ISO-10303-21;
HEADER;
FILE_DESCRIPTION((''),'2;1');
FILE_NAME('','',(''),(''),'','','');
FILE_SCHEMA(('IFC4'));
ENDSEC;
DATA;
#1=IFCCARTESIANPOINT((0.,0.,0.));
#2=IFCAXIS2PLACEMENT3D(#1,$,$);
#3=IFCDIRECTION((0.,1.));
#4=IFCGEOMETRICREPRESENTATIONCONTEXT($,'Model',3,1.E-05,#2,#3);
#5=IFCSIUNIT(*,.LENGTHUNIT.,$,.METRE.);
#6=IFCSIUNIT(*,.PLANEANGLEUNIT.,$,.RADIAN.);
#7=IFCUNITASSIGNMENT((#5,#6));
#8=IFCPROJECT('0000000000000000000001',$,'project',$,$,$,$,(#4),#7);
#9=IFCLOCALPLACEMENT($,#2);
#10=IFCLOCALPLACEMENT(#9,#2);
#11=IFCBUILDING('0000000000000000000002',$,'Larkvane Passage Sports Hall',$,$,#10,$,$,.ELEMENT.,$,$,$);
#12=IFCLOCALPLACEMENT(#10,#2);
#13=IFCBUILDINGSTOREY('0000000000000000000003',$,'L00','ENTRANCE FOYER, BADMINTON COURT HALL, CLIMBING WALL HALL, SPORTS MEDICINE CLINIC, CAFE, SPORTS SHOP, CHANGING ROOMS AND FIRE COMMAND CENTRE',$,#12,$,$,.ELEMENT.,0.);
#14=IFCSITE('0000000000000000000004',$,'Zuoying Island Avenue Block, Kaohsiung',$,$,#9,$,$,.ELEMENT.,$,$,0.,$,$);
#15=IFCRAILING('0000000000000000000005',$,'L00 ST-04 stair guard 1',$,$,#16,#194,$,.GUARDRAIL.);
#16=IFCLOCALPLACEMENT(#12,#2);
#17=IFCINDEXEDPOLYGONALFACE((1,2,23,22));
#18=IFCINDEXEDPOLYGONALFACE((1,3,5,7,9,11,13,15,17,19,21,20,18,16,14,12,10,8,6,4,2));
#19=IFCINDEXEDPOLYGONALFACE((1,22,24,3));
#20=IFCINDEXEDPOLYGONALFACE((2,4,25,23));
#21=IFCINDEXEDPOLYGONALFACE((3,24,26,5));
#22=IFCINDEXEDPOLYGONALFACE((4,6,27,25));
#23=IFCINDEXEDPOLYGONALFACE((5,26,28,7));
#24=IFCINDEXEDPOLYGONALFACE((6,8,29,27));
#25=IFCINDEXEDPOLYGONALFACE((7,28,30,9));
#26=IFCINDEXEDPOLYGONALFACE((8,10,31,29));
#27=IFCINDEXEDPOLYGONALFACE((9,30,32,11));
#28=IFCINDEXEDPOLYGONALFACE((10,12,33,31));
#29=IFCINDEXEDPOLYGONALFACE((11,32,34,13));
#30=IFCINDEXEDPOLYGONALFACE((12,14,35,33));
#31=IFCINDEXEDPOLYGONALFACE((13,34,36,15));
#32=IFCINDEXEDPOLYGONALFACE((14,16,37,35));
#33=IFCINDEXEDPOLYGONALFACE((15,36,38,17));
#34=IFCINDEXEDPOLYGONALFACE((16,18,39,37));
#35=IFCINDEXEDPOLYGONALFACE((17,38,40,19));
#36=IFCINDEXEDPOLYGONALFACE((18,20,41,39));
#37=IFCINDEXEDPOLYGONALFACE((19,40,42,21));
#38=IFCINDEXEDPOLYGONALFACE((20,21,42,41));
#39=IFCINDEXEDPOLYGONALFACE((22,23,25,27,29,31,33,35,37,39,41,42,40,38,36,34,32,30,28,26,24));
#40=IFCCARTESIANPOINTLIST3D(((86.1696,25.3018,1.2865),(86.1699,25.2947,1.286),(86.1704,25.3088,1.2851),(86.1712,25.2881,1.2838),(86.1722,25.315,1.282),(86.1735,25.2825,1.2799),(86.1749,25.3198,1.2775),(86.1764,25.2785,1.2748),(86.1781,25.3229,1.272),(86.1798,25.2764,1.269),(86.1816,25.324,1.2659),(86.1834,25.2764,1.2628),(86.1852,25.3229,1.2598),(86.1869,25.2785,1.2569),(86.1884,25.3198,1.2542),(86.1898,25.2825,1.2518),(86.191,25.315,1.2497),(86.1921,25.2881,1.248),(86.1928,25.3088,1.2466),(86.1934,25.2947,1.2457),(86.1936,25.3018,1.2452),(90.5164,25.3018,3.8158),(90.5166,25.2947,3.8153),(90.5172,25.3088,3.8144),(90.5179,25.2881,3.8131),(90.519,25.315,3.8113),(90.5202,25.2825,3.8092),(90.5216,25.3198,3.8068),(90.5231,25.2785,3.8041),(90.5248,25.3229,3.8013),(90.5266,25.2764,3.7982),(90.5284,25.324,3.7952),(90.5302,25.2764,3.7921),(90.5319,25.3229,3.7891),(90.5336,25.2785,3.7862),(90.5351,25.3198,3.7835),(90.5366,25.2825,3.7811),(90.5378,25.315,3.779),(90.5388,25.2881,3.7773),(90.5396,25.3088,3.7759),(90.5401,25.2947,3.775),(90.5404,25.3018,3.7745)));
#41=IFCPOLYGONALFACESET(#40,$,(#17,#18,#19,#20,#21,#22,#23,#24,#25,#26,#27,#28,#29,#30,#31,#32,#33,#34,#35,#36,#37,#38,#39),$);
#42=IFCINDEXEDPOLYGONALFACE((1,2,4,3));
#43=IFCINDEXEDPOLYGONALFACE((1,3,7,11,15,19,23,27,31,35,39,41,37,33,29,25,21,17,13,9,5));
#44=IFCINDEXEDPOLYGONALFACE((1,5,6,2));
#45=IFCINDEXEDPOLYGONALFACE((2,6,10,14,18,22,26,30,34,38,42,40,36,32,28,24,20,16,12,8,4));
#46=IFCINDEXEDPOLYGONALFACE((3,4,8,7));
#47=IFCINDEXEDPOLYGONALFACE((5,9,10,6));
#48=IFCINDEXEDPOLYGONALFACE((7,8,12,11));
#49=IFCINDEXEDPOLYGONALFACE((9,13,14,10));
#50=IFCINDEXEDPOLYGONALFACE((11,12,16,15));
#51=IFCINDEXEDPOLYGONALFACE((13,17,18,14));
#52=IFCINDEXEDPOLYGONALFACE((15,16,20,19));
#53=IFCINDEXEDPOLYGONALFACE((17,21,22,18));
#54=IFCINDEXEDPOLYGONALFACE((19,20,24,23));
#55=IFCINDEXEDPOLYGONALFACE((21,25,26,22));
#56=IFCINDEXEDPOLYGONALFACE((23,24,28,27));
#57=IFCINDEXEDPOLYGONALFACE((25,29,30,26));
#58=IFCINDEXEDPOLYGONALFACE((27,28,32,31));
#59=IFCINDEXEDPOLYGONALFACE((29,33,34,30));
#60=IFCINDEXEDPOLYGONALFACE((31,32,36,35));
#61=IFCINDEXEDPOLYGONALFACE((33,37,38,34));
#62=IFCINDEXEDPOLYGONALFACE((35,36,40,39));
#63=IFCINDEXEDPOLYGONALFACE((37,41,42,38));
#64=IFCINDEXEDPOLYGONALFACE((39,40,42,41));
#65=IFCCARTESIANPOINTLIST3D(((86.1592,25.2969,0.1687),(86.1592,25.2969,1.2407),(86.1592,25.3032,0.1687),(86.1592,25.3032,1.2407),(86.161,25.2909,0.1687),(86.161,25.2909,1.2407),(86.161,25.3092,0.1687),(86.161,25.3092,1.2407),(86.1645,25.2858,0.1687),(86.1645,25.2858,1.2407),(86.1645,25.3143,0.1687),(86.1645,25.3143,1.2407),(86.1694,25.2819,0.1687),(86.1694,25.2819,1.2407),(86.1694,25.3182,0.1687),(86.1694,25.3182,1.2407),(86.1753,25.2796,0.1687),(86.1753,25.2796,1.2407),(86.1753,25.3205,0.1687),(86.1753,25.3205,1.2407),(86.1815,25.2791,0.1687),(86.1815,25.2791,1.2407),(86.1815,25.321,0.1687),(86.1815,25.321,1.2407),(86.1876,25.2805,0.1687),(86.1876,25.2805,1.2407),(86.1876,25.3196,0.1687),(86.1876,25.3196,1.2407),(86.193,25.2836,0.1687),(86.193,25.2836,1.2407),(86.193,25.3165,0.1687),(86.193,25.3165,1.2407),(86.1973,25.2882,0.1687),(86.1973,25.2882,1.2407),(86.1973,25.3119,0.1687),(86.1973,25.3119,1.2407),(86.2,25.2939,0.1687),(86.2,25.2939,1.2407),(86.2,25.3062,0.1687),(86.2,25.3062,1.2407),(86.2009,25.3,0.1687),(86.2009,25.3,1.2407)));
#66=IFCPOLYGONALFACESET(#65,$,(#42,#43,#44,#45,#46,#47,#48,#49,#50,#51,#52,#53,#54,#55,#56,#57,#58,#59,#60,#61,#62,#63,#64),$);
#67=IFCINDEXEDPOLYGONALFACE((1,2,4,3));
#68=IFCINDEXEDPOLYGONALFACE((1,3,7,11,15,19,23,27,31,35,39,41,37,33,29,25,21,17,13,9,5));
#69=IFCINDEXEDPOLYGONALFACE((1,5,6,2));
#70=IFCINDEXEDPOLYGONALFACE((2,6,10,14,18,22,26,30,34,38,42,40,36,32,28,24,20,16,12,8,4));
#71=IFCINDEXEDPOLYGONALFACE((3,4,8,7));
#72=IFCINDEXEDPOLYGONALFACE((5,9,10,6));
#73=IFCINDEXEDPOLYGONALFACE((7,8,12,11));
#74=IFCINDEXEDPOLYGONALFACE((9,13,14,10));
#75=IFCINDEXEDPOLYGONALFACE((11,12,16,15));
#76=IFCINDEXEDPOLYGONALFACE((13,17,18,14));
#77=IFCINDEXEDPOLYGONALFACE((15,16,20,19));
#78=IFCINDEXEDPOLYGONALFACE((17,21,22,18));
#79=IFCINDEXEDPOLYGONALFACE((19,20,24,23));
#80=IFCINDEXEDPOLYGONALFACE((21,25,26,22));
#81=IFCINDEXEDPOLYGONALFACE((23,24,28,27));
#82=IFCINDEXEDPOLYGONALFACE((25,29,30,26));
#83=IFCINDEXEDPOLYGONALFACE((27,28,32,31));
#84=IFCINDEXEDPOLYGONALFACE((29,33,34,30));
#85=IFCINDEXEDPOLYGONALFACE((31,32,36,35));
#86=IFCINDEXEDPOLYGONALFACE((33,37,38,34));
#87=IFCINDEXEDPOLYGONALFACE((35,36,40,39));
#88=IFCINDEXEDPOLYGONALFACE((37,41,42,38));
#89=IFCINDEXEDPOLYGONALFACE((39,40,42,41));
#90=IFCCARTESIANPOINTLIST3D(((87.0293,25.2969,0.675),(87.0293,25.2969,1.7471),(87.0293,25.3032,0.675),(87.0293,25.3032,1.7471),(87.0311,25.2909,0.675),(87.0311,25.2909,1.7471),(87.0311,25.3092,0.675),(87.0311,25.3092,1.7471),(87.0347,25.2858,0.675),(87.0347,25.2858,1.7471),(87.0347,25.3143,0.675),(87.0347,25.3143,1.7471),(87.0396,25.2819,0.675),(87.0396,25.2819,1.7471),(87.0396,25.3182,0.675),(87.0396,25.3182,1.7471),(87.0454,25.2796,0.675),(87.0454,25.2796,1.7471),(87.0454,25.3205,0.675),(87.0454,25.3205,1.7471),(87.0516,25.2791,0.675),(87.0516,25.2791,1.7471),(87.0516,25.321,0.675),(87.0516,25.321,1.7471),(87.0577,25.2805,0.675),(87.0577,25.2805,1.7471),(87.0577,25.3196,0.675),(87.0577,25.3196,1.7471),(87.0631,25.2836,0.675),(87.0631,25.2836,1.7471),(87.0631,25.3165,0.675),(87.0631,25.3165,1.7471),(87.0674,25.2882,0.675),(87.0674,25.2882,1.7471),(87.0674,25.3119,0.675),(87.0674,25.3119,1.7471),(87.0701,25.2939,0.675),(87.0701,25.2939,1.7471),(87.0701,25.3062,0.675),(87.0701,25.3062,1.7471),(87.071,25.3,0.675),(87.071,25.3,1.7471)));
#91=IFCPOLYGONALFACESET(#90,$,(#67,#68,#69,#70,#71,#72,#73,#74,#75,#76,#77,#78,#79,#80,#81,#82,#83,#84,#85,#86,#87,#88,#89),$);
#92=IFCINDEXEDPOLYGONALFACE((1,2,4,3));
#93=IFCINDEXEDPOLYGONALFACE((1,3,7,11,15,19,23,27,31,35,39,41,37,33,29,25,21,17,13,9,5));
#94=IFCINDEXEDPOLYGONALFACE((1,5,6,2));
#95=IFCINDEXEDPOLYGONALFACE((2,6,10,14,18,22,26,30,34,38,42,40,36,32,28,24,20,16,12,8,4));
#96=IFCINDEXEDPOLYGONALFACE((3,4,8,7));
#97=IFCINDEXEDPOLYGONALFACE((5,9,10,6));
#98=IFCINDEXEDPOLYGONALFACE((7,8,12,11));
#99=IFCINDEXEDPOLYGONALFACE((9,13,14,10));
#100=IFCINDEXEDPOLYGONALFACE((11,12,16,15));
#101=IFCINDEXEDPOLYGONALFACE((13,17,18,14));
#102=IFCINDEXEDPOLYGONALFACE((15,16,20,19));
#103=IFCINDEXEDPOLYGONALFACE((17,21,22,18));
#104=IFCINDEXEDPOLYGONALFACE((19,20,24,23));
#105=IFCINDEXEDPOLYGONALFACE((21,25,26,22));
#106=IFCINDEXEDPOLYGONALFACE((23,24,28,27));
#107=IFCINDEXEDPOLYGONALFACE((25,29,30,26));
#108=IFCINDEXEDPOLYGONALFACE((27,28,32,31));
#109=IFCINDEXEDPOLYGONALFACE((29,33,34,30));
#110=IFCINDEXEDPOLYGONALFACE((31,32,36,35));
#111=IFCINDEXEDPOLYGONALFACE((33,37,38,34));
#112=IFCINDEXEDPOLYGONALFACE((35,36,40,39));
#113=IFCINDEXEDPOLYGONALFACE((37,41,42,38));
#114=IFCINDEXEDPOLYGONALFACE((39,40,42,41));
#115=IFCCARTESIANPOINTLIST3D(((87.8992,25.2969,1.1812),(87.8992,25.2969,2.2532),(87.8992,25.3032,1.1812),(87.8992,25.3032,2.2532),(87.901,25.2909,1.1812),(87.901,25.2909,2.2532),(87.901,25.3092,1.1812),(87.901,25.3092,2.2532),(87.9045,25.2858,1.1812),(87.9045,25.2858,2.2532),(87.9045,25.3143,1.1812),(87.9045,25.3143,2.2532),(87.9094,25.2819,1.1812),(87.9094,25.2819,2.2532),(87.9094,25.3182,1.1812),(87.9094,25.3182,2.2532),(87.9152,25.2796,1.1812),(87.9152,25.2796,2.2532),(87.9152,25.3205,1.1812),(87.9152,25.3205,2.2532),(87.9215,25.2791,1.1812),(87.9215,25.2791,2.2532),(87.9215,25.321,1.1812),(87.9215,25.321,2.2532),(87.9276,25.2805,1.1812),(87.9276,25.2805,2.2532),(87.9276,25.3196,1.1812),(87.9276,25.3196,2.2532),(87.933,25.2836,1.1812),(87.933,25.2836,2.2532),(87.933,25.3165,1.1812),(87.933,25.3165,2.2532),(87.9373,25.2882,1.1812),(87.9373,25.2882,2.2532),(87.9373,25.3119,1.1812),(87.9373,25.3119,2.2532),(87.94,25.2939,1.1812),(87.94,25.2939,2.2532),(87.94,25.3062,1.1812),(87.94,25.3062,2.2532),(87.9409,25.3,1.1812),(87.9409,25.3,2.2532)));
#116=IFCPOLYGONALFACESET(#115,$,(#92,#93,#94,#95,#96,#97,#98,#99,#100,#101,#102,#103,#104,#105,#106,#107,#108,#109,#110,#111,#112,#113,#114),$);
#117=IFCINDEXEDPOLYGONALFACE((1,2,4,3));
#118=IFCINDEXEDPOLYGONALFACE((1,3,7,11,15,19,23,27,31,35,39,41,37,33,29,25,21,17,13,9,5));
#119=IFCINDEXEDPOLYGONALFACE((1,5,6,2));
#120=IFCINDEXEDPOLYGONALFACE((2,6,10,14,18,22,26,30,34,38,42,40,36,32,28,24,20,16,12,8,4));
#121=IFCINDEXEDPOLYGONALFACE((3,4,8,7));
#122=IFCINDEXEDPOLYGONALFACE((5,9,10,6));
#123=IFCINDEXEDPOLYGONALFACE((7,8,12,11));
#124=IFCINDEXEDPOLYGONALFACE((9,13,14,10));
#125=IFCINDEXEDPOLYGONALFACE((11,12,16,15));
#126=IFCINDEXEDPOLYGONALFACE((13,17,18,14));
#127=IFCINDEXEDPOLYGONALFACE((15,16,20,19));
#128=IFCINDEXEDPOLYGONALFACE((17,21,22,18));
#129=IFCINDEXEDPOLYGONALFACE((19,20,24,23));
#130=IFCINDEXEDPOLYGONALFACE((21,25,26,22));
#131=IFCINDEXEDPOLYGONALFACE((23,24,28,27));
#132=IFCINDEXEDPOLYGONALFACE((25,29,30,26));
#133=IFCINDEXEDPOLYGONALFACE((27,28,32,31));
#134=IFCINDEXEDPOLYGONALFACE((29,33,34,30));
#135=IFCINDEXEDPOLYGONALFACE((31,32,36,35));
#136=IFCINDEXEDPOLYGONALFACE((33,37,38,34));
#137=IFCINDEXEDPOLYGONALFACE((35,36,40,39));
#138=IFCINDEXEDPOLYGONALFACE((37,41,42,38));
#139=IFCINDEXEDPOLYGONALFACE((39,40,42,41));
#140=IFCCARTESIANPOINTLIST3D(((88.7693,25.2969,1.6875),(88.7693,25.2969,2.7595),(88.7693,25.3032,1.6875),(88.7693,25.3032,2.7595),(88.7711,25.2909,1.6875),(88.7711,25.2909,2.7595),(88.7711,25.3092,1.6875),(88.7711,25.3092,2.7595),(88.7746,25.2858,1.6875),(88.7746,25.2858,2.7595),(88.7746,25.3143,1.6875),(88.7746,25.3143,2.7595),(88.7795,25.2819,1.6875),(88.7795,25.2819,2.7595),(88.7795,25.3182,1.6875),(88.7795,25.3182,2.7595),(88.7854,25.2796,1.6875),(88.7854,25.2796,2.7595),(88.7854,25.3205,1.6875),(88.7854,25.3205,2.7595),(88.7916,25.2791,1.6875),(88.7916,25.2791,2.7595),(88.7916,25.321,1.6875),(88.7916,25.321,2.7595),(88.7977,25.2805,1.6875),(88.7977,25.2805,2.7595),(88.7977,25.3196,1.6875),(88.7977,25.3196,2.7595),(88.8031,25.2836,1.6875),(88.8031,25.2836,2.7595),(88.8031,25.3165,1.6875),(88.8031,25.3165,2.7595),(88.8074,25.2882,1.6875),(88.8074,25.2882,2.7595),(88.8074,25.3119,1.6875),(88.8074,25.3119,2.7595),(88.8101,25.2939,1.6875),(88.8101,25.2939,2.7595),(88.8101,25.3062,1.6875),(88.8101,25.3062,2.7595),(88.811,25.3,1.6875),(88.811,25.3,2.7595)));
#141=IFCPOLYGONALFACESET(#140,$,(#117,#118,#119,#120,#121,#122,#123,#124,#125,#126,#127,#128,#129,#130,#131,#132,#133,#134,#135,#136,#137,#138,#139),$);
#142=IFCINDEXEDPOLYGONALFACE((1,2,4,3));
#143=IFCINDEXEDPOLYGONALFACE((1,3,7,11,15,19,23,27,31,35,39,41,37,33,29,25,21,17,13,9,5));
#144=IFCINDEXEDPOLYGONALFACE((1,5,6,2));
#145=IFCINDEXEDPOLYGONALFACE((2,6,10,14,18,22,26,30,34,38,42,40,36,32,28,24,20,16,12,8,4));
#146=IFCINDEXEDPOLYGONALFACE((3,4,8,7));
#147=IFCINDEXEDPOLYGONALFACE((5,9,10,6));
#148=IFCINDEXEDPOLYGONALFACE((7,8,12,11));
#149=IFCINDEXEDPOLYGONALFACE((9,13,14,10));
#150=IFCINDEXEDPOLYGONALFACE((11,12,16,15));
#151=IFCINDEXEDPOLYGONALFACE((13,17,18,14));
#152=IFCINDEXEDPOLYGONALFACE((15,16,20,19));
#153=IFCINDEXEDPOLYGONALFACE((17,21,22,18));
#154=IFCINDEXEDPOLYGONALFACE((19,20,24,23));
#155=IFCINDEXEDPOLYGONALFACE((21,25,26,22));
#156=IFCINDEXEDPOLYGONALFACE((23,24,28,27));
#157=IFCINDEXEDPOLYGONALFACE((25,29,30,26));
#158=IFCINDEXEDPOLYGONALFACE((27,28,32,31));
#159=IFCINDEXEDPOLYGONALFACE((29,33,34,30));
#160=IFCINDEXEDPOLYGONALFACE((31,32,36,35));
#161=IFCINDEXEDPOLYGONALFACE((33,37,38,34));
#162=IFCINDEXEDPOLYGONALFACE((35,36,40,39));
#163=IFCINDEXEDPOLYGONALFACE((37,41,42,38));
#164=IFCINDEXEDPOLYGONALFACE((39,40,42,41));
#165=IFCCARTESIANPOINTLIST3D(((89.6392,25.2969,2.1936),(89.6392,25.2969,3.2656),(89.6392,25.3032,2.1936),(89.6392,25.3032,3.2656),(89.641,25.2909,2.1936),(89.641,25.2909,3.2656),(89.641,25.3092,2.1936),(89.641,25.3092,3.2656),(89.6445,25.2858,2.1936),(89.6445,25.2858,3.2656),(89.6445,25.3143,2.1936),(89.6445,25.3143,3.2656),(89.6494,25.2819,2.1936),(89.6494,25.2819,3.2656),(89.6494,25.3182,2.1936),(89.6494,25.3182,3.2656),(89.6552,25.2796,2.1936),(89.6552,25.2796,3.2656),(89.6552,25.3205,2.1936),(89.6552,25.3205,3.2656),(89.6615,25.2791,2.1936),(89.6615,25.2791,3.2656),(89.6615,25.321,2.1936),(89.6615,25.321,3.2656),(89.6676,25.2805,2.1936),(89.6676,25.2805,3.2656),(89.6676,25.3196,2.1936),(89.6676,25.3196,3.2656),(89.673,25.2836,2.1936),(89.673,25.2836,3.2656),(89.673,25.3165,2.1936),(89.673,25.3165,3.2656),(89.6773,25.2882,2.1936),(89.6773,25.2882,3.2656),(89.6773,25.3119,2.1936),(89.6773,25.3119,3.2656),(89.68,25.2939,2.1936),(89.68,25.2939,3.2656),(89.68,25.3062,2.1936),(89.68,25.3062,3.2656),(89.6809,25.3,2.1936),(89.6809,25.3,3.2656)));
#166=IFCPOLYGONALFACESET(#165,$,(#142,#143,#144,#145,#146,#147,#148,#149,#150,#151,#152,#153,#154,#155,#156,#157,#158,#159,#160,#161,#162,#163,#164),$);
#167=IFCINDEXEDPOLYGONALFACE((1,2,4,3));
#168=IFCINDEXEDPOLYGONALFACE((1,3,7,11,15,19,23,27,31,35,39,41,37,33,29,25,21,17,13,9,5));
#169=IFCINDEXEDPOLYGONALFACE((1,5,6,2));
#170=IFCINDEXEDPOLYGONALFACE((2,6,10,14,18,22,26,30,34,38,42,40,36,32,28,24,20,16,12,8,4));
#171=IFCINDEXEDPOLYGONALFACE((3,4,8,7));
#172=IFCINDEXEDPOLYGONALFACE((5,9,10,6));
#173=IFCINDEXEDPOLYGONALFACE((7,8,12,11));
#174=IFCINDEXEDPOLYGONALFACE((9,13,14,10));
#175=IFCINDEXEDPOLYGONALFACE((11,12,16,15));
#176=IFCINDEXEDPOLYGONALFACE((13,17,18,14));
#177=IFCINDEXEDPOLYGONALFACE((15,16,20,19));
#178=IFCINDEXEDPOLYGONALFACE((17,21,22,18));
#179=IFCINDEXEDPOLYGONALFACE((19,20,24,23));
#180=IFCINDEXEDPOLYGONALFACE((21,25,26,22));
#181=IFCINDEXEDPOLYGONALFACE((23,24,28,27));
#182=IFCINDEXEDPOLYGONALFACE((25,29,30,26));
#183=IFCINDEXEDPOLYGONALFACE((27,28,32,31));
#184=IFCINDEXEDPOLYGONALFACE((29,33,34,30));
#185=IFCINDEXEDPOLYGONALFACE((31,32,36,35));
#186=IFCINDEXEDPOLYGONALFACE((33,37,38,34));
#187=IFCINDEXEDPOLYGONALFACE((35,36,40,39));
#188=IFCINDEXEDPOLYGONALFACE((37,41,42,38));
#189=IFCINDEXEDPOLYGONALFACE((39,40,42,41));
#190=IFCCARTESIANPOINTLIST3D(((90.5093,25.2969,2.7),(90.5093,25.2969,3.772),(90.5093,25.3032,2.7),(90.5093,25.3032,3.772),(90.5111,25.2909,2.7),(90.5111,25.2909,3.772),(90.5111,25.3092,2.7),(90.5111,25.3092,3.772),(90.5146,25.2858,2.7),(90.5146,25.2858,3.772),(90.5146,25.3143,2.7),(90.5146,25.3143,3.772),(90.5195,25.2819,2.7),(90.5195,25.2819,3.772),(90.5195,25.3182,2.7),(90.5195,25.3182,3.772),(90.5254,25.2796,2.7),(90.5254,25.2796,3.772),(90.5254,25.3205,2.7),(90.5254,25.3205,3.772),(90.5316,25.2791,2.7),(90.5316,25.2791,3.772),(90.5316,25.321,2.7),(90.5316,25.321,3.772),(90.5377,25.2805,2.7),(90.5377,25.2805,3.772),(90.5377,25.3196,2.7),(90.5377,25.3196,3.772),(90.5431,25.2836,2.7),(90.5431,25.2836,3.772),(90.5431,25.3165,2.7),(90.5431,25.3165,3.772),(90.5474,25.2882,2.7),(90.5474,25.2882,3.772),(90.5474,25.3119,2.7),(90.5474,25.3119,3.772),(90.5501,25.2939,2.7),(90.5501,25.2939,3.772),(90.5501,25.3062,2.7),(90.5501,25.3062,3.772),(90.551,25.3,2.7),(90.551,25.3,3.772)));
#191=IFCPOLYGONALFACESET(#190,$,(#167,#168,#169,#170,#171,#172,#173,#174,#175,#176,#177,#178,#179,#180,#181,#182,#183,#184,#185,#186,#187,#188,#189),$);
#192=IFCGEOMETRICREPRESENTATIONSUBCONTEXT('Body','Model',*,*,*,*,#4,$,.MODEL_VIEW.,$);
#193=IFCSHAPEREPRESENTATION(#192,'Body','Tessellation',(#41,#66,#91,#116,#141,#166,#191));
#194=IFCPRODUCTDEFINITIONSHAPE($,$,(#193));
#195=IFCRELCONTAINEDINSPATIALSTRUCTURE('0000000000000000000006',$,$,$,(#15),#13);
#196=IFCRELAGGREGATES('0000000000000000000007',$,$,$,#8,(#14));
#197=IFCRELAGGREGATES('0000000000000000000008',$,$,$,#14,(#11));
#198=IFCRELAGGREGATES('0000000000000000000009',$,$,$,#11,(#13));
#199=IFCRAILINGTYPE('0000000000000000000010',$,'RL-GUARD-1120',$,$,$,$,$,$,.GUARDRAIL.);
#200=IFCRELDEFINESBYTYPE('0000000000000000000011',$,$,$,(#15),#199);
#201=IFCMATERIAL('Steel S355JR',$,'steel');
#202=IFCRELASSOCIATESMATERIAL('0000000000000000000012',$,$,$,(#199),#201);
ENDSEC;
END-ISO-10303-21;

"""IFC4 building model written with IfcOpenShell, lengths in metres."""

from ifc_helpers import new_model, si_unit, direction, frame, origin, origin_2d, place, context, subcontext, project, spatial, circle, extrude, material, type_object, element, save


model = new_model("IFC4")

# Units and contexts
model_context = context("Model", 3, precision=1e-05, world=origin(), true_north=direction((0.0, 1.0)))
body_context = subcontext(model_context, "Body", "Model", "MODEL_VIEW")
ifc_project = project(units=[si_unit("LENGTHUNIT", "METRE"), si_unit("PLANEANGLEUNIT", "RADIAN")], contexts=[model_context])

# Site, building, storey
site_placement = place(None, origin())
site = spatial("IfcSite", under=ifc_project, at=site_placement, Name="Zuoying Island Avenue Block, Kaohsiung", CompositionType="ELEMENT", RefElevation=0.0)
building_placement = place(site_placement, origin())
building = spatial("IfcBuilding", under=site, at=building_placement, Name="Larkvane Passage Sports Hall", CompositionType="ELEMENT")
storey_placement = place(building_placement, origin())
storey = spatial("IfcBuildingStorey", under=building, at=storey_placement, Name="L00", Description="ENTRANCE FOYER, BADMINTON COURT HALL, CLIMBING WALL HALL, SPORTS MEDICINE CLINIC, CAFE, SPORTS SHOP, CHANGING ROOMS AND FIRE COMMAND CENTRE", CompositionType="ELEMENT", Elevation=0.0)

# Railing
ifc_material_1 = material(Name="Steel S355JR", Category="steel")
railing_type_1 = type_object("IfcRailingType", Name="RL-GUARD-1120", PredefinedType="GUARDRAIL", material=ifc_material_1)
railing_1_placement = place(storey_placement, frame((86.1799, 25.3, 0.1687)))
element("IfcRailing", 1, at=railing_1_placement, inside=storey, type_object=railing_type_1, Name="L00 ST-04 stair guard 1", PredefinedType="GUARDRAIL", context=body_context, shape_type="SweptSolid", body=[
    extrude(circle(Radius=0.0239, at=origin_2d()), frame((0.0017, 0.0, 1.0972), z_axis=(0.864324, 0.0, 0.502936), x_axis=(0.0, 1.0, 0.0)), (0.0, 0.0, 1.0), 5.0291),
    extrude(circle(Radius=0.021, at=origin_2d()), origin(), (0.0, 0.0, 1.0), 1.072),
    extrude(circle(Radius=0.021, at=origin_2d()), frame((0.8701, 0.0, 0.5063)), (0.0, 0.0, 1.0), 1.072),
    extrude(circle(Radius=0.021, at=origin_2d()), frame((1.74, 0.0, 1.0125)), (0.0, 0.0, 1.0), 1.072),
    extrude(circle(Radius=0.021, at=origin_2d()), frame((2.6101, 0.0, 1.5188)), (0.0, 0.0, 1.0), 1.072),
    extrude(circle(Radius=0.021, at=origin_2d()), frame((3.48, 0.0, 2.0249)), (0.0, 0.0, 1.0), 1.072),
    extrude(circle(Radius=0.021, at=origin_2d()), frame((4.3501, 0.0, 2.5312)), (0.0, 0.0, 1.0), 1.072),
])

save(model, "model.ifc")
